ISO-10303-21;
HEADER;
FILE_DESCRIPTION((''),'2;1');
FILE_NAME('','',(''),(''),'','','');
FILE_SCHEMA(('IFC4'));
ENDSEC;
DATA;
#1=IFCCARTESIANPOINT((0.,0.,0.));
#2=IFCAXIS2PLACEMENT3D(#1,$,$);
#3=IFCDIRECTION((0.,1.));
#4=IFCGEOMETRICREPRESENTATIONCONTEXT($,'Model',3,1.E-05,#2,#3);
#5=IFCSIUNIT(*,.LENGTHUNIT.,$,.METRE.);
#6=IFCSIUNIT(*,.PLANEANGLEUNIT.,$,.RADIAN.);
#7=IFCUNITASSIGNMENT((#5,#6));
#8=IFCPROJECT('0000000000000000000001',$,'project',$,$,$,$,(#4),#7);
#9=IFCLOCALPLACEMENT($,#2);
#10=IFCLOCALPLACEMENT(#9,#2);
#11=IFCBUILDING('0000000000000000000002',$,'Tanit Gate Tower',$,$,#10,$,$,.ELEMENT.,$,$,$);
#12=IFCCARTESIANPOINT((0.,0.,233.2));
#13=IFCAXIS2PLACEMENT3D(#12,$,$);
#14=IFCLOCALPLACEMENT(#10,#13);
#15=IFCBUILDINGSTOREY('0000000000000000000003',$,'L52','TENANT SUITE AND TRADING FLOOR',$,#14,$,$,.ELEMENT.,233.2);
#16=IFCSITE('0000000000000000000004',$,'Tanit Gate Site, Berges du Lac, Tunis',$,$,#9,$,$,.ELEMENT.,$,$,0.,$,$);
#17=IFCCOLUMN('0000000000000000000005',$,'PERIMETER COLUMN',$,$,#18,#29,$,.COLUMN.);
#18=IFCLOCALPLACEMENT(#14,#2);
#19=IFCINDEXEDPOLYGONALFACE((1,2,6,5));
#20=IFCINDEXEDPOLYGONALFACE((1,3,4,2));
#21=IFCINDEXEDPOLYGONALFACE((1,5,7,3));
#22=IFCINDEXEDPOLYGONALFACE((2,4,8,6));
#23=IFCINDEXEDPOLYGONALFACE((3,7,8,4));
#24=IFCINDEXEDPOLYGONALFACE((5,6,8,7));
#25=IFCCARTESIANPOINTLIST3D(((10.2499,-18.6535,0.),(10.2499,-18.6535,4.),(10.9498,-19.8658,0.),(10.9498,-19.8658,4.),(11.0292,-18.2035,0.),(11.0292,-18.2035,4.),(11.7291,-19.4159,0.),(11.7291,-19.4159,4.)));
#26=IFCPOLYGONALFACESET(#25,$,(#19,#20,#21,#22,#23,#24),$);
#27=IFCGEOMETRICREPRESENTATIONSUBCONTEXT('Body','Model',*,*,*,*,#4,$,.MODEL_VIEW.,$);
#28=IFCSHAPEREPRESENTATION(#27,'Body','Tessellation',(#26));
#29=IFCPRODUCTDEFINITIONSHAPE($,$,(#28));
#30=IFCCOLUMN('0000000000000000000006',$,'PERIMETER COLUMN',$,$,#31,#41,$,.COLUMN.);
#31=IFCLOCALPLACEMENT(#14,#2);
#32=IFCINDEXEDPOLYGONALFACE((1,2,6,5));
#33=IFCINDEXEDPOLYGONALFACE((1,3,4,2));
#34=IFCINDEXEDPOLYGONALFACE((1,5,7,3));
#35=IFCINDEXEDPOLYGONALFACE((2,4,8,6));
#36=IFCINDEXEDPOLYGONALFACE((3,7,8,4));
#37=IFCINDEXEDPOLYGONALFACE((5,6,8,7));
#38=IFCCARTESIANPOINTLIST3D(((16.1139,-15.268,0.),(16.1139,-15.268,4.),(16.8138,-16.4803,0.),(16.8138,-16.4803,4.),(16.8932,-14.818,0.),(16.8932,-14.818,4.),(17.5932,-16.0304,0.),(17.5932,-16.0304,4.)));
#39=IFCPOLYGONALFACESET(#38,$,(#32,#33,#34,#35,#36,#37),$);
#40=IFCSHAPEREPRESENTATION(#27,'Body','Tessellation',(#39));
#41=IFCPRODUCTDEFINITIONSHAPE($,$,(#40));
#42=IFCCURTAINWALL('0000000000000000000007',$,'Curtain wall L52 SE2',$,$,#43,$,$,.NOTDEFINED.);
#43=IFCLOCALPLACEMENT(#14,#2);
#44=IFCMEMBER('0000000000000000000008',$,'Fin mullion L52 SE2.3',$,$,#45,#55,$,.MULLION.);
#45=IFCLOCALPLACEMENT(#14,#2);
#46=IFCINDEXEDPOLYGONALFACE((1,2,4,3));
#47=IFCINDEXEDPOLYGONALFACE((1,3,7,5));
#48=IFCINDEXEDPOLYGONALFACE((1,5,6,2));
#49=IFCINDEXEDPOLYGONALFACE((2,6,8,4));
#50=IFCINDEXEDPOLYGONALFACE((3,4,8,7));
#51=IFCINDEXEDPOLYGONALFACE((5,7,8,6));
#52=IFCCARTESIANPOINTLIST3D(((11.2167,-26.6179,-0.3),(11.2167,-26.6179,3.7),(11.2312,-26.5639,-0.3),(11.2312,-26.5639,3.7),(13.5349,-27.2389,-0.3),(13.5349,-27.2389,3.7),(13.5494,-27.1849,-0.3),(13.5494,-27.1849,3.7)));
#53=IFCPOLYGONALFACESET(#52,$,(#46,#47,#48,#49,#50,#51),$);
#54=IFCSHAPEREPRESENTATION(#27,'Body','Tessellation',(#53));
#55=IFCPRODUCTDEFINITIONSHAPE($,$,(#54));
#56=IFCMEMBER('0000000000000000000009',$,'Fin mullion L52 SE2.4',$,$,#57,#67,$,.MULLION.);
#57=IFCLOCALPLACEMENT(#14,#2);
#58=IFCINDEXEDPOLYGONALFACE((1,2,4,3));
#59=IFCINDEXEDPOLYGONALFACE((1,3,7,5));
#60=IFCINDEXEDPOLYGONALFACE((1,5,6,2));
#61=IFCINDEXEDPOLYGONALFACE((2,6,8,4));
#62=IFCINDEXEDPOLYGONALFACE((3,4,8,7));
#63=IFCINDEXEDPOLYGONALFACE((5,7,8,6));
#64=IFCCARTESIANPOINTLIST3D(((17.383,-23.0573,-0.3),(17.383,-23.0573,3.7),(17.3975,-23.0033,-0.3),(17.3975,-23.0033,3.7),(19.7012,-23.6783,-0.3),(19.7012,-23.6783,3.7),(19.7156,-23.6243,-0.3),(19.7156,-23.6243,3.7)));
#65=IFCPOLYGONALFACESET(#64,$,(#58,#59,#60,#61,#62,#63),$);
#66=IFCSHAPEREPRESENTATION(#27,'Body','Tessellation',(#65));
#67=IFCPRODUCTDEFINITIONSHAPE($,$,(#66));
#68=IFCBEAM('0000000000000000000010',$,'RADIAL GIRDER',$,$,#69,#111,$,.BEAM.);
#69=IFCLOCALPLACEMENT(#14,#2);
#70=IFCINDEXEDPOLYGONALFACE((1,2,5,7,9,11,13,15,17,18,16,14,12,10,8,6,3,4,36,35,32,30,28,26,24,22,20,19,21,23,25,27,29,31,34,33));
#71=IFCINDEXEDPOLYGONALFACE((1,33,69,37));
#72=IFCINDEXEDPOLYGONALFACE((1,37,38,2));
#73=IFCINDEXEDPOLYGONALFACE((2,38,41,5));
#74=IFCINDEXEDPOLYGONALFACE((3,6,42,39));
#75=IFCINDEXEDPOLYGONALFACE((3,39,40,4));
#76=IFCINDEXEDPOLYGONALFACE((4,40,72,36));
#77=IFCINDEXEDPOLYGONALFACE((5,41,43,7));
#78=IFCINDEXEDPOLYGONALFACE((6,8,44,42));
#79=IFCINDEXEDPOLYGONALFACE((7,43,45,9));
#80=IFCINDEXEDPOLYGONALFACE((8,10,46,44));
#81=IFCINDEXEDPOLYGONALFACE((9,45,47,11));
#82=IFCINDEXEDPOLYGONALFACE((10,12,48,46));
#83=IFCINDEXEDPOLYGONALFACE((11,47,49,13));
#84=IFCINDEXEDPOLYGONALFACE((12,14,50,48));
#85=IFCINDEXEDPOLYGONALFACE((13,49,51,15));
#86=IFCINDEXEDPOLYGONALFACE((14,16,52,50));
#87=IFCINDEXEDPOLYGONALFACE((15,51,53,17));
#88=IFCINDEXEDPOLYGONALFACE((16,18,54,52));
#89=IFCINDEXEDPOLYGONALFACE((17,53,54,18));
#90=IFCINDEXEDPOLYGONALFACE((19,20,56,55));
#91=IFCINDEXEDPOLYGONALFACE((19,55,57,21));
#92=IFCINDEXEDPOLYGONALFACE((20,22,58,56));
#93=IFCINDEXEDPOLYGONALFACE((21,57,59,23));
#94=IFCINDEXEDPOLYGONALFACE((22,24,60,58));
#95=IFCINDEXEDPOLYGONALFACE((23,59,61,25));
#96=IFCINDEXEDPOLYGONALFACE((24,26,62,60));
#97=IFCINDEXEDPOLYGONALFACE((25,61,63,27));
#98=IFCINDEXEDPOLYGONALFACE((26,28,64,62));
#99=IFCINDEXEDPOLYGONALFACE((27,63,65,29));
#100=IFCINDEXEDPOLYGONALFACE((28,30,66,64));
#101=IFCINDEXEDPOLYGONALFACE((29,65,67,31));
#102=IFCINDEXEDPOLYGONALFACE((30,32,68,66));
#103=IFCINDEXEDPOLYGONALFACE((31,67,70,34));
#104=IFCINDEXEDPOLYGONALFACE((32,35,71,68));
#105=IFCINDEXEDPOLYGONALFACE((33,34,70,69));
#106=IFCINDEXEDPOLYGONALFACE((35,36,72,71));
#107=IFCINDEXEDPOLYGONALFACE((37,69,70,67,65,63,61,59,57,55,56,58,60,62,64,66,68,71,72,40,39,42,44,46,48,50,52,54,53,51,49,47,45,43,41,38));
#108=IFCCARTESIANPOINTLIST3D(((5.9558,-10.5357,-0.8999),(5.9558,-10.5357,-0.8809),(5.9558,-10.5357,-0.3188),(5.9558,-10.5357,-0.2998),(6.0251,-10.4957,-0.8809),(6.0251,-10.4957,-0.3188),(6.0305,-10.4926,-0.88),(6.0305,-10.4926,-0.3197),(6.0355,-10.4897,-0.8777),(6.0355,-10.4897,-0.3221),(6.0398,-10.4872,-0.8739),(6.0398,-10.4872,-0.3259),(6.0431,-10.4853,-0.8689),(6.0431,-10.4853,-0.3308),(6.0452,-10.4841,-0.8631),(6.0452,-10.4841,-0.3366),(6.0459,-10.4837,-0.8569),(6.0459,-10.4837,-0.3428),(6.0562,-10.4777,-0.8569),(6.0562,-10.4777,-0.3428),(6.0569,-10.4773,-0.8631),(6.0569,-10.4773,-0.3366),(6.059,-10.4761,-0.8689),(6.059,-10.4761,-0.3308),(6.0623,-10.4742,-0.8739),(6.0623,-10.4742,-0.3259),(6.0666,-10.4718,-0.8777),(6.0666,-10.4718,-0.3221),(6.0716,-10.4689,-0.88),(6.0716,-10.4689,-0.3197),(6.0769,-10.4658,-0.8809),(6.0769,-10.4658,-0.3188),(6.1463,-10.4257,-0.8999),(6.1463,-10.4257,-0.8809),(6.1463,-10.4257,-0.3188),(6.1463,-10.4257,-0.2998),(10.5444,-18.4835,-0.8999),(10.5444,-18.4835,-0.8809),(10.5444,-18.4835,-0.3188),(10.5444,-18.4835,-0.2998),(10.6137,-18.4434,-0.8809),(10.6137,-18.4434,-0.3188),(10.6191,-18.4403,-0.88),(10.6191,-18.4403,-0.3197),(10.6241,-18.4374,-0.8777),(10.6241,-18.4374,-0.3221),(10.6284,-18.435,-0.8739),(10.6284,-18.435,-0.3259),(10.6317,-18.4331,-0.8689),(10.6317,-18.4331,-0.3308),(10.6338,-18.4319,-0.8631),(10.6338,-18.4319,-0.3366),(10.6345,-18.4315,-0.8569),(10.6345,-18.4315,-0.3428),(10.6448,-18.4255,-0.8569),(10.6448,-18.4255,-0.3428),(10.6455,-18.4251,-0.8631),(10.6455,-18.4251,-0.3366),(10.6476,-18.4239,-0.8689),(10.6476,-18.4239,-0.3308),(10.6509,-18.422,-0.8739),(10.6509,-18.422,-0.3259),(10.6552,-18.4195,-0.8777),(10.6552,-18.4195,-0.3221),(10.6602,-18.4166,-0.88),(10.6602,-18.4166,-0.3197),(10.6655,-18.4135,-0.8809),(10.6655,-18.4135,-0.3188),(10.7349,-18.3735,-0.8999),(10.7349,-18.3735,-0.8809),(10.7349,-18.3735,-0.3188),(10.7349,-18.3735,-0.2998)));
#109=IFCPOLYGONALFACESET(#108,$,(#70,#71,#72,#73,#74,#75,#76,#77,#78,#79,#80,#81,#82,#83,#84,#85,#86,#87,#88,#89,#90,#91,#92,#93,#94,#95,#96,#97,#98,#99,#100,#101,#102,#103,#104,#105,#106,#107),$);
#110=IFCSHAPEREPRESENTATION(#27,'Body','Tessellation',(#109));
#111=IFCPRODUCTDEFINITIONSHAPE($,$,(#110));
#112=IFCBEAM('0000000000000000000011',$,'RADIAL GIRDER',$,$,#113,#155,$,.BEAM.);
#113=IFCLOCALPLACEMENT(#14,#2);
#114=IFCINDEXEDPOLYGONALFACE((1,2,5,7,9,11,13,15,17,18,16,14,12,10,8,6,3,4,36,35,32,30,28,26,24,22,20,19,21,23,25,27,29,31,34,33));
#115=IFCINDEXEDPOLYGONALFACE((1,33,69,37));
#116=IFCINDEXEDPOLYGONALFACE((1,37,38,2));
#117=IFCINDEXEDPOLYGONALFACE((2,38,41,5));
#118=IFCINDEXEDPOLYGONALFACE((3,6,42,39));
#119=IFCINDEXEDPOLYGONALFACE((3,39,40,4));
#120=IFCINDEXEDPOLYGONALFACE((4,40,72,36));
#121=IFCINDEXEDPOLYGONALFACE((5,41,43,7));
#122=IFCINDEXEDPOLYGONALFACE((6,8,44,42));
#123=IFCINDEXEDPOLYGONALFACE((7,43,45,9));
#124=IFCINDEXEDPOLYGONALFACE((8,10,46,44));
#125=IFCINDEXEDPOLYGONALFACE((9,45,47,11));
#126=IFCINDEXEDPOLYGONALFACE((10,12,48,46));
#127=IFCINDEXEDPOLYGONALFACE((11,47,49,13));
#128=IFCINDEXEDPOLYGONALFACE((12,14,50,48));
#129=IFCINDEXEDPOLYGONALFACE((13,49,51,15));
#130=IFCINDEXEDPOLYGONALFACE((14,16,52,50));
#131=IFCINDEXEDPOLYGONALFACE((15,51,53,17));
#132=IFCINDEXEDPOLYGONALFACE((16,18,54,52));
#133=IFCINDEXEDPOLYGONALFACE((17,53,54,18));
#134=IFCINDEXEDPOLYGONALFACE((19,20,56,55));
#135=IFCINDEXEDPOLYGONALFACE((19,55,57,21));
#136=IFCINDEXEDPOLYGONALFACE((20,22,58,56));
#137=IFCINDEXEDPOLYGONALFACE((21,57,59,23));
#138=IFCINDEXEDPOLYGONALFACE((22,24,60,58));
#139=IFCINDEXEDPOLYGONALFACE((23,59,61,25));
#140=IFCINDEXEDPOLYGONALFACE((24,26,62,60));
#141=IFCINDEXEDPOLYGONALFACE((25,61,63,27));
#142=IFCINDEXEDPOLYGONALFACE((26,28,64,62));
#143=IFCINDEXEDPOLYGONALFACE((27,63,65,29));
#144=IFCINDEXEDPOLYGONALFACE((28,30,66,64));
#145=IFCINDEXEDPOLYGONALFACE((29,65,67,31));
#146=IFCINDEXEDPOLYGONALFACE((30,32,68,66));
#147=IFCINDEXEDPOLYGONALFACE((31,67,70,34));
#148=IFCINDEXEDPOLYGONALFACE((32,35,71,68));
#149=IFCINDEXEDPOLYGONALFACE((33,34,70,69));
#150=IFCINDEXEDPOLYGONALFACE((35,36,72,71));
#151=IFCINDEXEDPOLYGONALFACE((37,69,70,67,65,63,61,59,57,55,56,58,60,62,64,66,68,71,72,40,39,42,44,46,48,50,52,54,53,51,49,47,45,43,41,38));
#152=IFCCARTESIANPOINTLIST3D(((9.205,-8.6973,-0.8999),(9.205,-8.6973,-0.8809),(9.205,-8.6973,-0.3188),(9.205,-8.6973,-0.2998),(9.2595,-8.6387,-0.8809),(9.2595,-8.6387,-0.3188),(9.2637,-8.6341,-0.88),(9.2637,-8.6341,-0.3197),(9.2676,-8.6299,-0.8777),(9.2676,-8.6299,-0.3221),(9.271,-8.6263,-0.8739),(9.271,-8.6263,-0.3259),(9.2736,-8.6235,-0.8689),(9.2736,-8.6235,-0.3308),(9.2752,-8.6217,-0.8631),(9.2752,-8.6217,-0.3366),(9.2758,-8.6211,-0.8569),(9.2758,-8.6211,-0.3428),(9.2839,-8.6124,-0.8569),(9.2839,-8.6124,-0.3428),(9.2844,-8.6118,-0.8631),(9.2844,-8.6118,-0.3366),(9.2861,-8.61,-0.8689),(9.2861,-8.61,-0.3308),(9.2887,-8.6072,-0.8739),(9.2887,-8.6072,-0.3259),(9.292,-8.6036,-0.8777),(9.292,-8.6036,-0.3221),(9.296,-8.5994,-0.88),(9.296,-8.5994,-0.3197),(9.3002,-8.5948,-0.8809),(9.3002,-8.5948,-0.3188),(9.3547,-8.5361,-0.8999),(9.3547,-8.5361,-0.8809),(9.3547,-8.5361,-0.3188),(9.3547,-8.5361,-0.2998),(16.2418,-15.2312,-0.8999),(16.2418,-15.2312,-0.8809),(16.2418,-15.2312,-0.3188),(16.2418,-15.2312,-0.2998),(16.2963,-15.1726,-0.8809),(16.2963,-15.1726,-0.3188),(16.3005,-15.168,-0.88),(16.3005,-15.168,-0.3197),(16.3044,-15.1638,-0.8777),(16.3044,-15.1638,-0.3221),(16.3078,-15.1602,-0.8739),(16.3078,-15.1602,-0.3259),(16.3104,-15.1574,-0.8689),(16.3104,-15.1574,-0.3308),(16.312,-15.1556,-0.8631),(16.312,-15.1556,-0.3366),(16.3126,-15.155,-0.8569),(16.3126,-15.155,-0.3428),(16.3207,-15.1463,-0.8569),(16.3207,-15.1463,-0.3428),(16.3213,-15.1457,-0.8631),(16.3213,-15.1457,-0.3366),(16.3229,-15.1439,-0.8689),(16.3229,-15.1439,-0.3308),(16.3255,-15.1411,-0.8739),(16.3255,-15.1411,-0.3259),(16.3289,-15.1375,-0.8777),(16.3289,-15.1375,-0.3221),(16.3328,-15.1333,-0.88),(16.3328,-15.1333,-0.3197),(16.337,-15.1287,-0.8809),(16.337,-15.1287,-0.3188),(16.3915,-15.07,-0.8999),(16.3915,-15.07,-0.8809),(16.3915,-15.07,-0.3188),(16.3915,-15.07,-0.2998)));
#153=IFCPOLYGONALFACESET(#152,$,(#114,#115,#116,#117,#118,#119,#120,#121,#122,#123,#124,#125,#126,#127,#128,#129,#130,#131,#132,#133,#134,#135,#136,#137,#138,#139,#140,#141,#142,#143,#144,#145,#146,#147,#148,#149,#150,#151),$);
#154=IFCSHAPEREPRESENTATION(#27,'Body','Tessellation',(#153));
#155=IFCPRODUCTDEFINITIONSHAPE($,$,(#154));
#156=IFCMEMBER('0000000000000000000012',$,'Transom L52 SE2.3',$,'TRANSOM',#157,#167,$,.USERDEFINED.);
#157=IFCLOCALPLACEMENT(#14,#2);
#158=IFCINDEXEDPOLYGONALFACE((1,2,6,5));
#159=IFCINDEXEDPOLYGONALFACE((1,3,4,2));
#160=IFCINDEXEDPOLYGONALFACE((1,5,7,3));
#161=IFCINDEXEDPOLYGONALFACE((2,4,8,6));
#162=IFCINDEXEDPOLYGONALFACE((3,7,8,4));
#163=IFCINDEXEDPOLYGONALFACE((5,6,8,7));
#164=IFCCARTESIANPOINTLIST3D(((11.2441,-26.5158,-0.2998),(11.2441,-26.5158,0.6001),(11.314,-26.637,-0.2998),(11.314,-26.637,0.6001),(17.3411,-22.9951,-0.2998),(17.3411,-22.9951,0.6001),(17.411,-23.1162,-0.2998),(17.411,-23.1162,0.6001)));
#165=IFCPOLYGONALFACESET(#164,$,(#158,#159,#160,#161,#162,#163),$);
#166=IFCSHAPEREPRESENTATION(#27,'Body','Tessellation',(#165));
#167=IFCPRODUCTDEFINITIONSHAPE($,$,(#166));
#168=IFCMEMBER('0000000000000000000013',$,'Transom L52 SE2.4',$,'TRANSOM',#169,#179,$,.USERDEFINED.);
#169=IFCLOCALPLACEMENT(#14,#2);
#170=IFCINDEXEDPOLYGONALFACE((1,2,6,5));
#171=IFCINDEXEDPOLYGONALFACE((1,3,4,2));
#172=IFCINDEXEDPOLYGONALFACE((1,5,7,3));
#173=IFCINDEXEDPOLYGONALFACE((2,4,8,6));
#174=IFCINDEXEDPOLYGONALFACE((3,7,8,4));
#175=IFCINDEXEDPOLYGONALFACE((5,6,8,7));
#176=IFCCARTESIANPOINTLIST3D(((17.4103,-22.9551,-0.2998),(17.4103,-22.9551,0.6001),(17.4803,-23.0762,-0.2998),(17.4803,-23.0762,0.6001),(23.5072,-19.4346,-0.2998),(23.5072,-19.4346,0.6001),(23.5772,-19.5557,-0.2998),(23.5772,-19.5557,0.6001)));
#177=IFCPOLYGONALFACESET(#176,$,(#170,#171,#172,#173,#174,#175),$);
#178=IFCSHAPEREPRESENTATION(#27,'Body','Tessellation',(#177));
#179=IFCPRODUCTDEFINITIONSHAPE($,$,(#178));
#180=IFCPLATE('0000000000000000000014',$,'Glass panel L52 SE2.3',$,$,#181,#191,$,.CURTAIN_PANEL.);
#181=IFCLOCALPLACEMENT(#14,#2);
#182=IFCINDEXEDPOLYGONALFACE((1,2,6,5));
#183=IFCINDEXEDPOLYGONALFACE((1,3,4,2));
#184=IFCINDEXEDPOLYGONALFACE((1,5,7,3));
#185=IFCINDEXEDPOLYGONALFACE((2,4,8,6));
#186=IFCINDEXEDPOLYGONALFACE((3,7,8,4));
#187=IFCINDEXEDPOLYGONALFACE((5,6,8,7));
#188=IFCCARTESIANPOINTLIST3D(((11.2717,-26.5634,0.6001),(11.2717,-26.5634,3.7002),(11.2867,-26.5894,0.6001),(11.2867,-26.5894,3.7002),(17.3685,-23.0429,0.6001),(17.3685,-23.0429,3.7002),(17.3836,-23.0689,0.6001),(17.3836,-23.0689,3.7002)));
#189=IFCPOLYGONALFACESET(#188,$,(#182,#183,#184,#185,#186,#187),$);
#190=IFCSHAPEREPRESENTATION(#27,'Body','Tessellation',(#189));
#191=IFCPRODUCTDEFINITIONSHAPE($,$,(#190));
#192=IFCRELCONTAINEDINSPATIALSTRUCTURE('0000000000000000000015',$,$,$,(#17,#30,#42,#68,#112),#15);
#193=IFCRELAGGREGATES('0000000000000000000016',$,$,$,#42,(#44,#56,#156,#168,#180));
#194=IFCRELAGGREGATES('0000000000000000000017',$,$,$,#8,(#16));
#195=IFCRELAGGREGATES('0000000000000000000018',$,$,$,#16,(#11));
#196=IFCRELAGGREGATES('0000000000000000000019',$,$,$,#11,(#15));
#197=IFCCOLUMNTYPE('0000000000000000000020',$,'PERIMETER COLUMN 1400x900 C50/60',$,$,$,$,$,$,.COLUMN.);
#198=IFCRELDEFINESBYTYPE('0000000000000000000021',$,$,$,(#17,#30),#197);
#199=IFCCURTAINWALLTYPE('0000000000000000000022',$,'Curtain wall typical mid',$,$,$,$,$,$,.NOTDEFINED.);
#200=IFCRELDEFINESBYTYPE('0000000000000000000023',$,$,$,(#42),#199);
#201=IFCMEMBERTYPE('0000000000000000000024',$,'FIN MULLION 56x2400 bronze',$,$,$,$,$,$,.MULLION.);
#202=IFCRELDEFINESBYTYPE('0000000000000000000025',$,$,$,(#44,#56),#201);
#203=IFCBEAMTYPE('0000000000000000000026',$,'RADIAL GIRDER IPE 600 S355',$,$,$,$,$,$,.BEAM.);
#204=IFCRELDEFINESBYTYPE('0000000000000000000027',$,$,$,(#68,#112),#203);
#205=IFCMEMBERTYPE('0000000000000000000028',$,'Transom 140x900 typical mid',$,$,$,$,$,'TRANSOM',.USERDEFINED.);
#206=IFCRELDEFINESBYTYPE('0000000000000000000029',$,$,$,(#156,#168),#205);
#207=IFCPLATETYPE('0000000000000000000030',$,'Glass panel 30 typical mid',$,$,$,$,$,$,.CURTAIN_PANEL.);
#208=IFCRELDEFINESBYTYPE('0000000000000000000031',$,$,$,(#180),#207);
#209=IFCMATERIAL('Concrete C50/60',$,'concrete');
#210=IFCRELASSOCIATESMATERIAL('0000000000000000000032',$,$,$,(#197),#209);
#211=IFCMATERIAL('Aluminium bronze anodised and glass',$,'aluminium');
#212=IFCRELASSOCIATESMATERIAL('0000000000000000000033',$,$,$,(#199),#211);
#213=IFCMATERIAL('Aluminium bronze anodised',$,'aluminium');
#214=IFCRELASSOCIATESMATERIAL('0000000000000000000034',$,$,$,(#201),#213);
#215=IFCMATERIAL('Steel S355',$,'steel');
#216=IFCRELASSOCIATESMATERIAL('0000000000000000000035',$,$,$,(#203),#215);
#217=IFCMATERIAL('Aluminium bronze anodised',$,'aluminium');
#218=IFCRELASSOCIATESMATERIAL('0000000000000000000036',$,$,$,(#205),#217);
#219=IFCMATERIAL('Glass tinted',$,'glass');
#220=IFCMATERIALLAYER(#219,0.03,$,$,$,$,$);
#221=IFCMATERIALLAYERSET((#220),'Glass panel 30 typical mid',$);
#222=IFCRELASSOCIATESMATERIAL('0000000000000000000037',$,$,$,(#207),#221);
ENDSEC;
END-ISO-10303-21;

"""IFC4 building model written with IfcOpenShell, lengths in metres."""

from ifc_helpers import new_model, si_unit, direction, frame, origin, origin_2d, place, context, subcontext, project, spatial, rectangle, i_section, extrude, material, layer, layer_set, material_profile, profile_set, type_object, element, aggregate, save


model = new_model("IFC4")

# Units and contexts
model_context = context("Model", 3, precision=1e-05, world=origin(), true_north=direction((0.0, 1.0)))
body_context = subcontext(model_context, "Body", "Model", "MODEL_VIEW")
ifc_project = project(units=[si_unit("LENGTHUNIT", "METRE"), si_unit("PLANEANGLEUNIT", "RADIAN")], contexts=[model_context])

# Site, building, storey
site_placement = place(None, origin())
site = spatial("IfcSite", under=ifc_project, at=site_placement, Name="Tanit Gate Site, Berges du Lac, Tunis", CompositionType="ELEMENT", RefElevation=0.0)
building_placement = place(site_placement, origin())
building = spatial("IfcBuilding", under=site, at=building_placement, Name="Tanit Gate Tower", CompositionType="ELEMENT")
storey_placement = place(building_placement, frame((0.0, 0.0, 233.2)))
storey = spatial("IfcBuildingStorey", under=building, at=storey_placement, Name="L52", Description="TENANT SUITE AND TRADING FLOOR", CompositionType="ELEMENT", Elevation=233.2)

# Columns
ifc_material_1 = material(Name="Concrete C50/60", Category="concrete")
ifc_material_profile_1 = material_profile(ifc_material_1, rectangle(XDim=1.3999, YDim=0.8999, at=origin_2d()), Name="RC 1400x900")
ifc_profile_set_1 = profile_set([ifc_material_profile_1], Name="Concrete C50/60")
column_type = type_object("IfcColumnType", Name="PERIMETER COLUMN 1400x900 C50/60", PredefinedType="COLUMN", material=ifc_profile_set_1)
for number, where, z_axis, x_axis, name in (
    (1, (10.9895, -19.0347, 0.0), (0.0, 0.0, 1.0), (0.5, -0.866025, 0.0), "PERIMETER COLUMN"),
    (2, (16.8535, -15.6492, 0.0), (0.0, 0.0, 1.0), (0.5, -0.866025, 0.0), "PERIMETER COLUMN"),
):
    element("IfcColumn", number, at=place(storey_placement, frame(where, z_axis=z_axis, x_axis=x_axis)), inside=storey, type_object=column_type, Name=name, PredefinedType="COLUMN", context=body_context, shape_type="SweptSolid", body=[
        extrude(rectangle(XDim=1.3999, YDim=0.8999, at=origin_2d()), origin(), (0.0, 0.0, 1.0), 4.0),
    ])

# Curtain wall, members
ifc_material_2 = material(Name="Aluminium bronze anodised and glass", Category="aluminium")
curtain_wall_type = type_object("IfcCurtainWallType", Name="Curtain wall typical mid", PredefinedType="NOTDEFINED", material=ifc_material_2)
curtain_wall_placement = place(storey_placement, origin())
curtain_wall = element("IfcCurtainWall", 3, at=curtain_wall_placement, inside=storey, type_object=curtain_wall_type, Name="Curtain wall L52 SE2", PredefinedType="NOTDEFINED")
ifc_material_3 = material(Name="Aluminium bronze anodised", Category="aluminium")
ifc_material_profile_2 = material_profile(ifc_material_3, rectangle(XDim=2.3999, YDim=0.0559, at=origin_2d()), Name="56x2400 bronze fin mullion")
ifc_profile_set_2 = profile_set([ifc_material_profile_2], Name="Aluminium bronze anodised")
member_type_1 = type_object("IfcMemberType", Name="FIN MULLION 56x2400 bronze", PredefinedType="MULLION", material=ifc_profile_set_2)
member_1_placement = place(storey_placement, frame((12.3831, -26.9014, -0.3), z_axis=(0.0, 0.0, 1.0), x_axis=(-0.965944, 0.258752, 0.0)))
member_1 = element("IfcMember", 4, at=member_1_placement, type_object=member_type_1, Name="Fin mullion L52 SE2.3", PredefinedType="MULLION", context=body_context, shape_type="SweptSolid", body=[
    extrude(rectangle(XDim=2.3999, YDim=0.0559, at=origin_2d()), origin(), (0.0, 0.0, 1.0), 4.0),
])
member_2_placement = place(storey_placement, frame((18.5493, -23.3408, -0.3), z_axis=(0.0, 0.0, 1.0), x_axis=(-0.965944, 0.258752, 0.0)))
member_2 = element("IfcMember", 5, at=member_2_placement, type_object=member_type_1, Name="Fin mullion L52 SE2.4", PredefinedType="MULLION", context=body_context, shape_type="SweptSolid", body=[
    extrude(rectangle(XDim=2.3999, YDim=0.0559, at=origin_2d()), origin(), (0.0, 0.0, 1.0), 4.0),
])

# Beams
ifc_material_4 = material(Name="Steel S355", Category="steel")
ifc_material_profile_3 = material_profile(ifc_material_4, i_section(OverallWidth=0.22, OverallDepth=0.6001, WebThickness=0.012, FlangeThickness=0.019, FilletRadius=0.0239, at=origin_2d()), Name="IPE 600")
ifc_profile_set_3 = profile_set([ifc_material_profile_3], Name="Steel S355")
beam_type = type_object("IfcBeamType", Name="RADIAL GIRDER IPE 600 S355", PredefinedType="BEAM", material=ifc_profile_set_3)
beam_1_placement = place(storey_placement, frame((10.6396, -18.4285, -0.5999), z_axis=(-0.499999, 0.866026, 0.0), x_axis=(-0.866026, -0.499999, 0.0)))
element("IfcBeam", 6, at=beam_1_placement, inside=storey, type_object=beam_type, Name="RADIAL GIRDER", PredefinedType="BEAM", context=body_context, shape_type="SweptSolid", body=[
    extrude(i_section(OverallWidth=0.22, OverallDepth=0.6001, WebThickness=0.012, FlangeThickness=0.019, FilletRadius=0.0239, at=origin_2d()), origin(), (0.0, 0.0, 1.0), 9.1772),
])
beam_2_placement = place(storey_placement, frame((16.3167, -15.1506, -0.5999), z_axis=(-0.732809, 0.680435, 0.0), x_axis=(-0.680435, -0.732809, 0.0)))
element("IfcBeam", 7, at=beam_2_placement, inside=storey, type_object=beam_type, Name="RADIAL GIRDER", PredefinedType="BEAM", context=body_context, shape_type="SweptSolid", body=[
    extrude(i_section(OverallWidth=0.22, OverallDepth=0.6001, WebThickness=0.012, FlangeThickness=0.019, FilletRadius=0.0239, at=origin_2d()), origin(), (0.0, 0.0, 1.0), 9.6025),
])

# Members
ifc_material_5 = material(Name="Aluminium bronze anodised", Category="aluminium")
ifc_material_profile_4 = material_profile(ifc_material_5, rectangle(XDim=0.1399, YDim=0.8999, at=origin_2d()), Name="140x900 bronze transom")
ifc_profile_set_4 = profile_set([ifc_material_profile_4], Name="Aluminium bronze anodised")
member_type_2 = type_object("IfcMemberType", Name="Transom 140x900 typical mid", ElementType="TRANSOM", PredefinedType="USERDEFINED", material=ifc_profile_set_4)
member_3_placement = place(storey_placement, frame((11.2791, -26.5764, 0.1501), z_axis=(0.865983, 0.500074, 0.0), x_axis=(-0.500074, 0.865983, 0.0)))
member_3 = element("IfcMember", 8, at=member_3_placement, type_object=member_type_2, Name="Transom L52 SE2.3", ObjectType="TRANSOM", PredefinedType="USERDEFINED", context=body_context, shape_type="SweptSolid", body=[
    extrude(rectangle(XDim=0.1399, YDim=0.8999, at=origin_2d()), origin(), (0.0, 0.0, 1.0), 7.0405),
])
member_4_placement = place(storey_placement, frame((17.4453, -23.0156, 0.1501), z_axis=(0.865998, 0.500048, 0.0), x_axis=(-0.500048, 0.865998, 0.0)))
member_4 = element("IfcMember", 9, at=member_4_placement, type_object=member_type_2, Name="Transom L52 SE2.4", ObjectType="TRANSOM", PredefinedType="USERDEFINED", context=body_context, shape_type="SweptSolid", body=[
    extrude(rectangle(XDim=0.1399, YDim=0.8999, at=origin_2d()), origin(), (0.0, 0.0, 1.0), 7.0403),
])

# Plate
ifc_material_6 = material(Name="Glass tinted", Category="glass")
ifc_layer_1 = layer(ifc_material_6, 0.03)
ifc_layer_set_1 = layer_set([ifc_layer_1], Name="Glass panel 30 typical mid")
plate_type = type_object("IfcPlateType", Name="Glass panel 30 typical mid", PredefinedType="CURTAIN_PANEL", material=ifc_layer_set_1)
plate_1_placement = place(storey_placement, frame((14.3276, -24.8162, 0.6001), z_axis=(0.0, 0.0, 1.0), x_axis=(0.865991, 0.50006, 0.0)))
plate_1 = element("IfcPlate", 10, at=plate_1_placement, type_object=plate_type, Name="Glass panel L52 SE2.3", PredefinedType="CURTAIN_PANEL", context=body_context, shape_type="SweptSolid", body=[
    extrude(rectangle(XDim=7.0403, YDim=0.03, at=origin_2d()), origin(), (0.0, 0.0, 1.0), 3.1001),
])
aggregate(curtain_wall, [member_1, member_2, member_3, member_4, plate_1])

save(model, "model.ifc")
